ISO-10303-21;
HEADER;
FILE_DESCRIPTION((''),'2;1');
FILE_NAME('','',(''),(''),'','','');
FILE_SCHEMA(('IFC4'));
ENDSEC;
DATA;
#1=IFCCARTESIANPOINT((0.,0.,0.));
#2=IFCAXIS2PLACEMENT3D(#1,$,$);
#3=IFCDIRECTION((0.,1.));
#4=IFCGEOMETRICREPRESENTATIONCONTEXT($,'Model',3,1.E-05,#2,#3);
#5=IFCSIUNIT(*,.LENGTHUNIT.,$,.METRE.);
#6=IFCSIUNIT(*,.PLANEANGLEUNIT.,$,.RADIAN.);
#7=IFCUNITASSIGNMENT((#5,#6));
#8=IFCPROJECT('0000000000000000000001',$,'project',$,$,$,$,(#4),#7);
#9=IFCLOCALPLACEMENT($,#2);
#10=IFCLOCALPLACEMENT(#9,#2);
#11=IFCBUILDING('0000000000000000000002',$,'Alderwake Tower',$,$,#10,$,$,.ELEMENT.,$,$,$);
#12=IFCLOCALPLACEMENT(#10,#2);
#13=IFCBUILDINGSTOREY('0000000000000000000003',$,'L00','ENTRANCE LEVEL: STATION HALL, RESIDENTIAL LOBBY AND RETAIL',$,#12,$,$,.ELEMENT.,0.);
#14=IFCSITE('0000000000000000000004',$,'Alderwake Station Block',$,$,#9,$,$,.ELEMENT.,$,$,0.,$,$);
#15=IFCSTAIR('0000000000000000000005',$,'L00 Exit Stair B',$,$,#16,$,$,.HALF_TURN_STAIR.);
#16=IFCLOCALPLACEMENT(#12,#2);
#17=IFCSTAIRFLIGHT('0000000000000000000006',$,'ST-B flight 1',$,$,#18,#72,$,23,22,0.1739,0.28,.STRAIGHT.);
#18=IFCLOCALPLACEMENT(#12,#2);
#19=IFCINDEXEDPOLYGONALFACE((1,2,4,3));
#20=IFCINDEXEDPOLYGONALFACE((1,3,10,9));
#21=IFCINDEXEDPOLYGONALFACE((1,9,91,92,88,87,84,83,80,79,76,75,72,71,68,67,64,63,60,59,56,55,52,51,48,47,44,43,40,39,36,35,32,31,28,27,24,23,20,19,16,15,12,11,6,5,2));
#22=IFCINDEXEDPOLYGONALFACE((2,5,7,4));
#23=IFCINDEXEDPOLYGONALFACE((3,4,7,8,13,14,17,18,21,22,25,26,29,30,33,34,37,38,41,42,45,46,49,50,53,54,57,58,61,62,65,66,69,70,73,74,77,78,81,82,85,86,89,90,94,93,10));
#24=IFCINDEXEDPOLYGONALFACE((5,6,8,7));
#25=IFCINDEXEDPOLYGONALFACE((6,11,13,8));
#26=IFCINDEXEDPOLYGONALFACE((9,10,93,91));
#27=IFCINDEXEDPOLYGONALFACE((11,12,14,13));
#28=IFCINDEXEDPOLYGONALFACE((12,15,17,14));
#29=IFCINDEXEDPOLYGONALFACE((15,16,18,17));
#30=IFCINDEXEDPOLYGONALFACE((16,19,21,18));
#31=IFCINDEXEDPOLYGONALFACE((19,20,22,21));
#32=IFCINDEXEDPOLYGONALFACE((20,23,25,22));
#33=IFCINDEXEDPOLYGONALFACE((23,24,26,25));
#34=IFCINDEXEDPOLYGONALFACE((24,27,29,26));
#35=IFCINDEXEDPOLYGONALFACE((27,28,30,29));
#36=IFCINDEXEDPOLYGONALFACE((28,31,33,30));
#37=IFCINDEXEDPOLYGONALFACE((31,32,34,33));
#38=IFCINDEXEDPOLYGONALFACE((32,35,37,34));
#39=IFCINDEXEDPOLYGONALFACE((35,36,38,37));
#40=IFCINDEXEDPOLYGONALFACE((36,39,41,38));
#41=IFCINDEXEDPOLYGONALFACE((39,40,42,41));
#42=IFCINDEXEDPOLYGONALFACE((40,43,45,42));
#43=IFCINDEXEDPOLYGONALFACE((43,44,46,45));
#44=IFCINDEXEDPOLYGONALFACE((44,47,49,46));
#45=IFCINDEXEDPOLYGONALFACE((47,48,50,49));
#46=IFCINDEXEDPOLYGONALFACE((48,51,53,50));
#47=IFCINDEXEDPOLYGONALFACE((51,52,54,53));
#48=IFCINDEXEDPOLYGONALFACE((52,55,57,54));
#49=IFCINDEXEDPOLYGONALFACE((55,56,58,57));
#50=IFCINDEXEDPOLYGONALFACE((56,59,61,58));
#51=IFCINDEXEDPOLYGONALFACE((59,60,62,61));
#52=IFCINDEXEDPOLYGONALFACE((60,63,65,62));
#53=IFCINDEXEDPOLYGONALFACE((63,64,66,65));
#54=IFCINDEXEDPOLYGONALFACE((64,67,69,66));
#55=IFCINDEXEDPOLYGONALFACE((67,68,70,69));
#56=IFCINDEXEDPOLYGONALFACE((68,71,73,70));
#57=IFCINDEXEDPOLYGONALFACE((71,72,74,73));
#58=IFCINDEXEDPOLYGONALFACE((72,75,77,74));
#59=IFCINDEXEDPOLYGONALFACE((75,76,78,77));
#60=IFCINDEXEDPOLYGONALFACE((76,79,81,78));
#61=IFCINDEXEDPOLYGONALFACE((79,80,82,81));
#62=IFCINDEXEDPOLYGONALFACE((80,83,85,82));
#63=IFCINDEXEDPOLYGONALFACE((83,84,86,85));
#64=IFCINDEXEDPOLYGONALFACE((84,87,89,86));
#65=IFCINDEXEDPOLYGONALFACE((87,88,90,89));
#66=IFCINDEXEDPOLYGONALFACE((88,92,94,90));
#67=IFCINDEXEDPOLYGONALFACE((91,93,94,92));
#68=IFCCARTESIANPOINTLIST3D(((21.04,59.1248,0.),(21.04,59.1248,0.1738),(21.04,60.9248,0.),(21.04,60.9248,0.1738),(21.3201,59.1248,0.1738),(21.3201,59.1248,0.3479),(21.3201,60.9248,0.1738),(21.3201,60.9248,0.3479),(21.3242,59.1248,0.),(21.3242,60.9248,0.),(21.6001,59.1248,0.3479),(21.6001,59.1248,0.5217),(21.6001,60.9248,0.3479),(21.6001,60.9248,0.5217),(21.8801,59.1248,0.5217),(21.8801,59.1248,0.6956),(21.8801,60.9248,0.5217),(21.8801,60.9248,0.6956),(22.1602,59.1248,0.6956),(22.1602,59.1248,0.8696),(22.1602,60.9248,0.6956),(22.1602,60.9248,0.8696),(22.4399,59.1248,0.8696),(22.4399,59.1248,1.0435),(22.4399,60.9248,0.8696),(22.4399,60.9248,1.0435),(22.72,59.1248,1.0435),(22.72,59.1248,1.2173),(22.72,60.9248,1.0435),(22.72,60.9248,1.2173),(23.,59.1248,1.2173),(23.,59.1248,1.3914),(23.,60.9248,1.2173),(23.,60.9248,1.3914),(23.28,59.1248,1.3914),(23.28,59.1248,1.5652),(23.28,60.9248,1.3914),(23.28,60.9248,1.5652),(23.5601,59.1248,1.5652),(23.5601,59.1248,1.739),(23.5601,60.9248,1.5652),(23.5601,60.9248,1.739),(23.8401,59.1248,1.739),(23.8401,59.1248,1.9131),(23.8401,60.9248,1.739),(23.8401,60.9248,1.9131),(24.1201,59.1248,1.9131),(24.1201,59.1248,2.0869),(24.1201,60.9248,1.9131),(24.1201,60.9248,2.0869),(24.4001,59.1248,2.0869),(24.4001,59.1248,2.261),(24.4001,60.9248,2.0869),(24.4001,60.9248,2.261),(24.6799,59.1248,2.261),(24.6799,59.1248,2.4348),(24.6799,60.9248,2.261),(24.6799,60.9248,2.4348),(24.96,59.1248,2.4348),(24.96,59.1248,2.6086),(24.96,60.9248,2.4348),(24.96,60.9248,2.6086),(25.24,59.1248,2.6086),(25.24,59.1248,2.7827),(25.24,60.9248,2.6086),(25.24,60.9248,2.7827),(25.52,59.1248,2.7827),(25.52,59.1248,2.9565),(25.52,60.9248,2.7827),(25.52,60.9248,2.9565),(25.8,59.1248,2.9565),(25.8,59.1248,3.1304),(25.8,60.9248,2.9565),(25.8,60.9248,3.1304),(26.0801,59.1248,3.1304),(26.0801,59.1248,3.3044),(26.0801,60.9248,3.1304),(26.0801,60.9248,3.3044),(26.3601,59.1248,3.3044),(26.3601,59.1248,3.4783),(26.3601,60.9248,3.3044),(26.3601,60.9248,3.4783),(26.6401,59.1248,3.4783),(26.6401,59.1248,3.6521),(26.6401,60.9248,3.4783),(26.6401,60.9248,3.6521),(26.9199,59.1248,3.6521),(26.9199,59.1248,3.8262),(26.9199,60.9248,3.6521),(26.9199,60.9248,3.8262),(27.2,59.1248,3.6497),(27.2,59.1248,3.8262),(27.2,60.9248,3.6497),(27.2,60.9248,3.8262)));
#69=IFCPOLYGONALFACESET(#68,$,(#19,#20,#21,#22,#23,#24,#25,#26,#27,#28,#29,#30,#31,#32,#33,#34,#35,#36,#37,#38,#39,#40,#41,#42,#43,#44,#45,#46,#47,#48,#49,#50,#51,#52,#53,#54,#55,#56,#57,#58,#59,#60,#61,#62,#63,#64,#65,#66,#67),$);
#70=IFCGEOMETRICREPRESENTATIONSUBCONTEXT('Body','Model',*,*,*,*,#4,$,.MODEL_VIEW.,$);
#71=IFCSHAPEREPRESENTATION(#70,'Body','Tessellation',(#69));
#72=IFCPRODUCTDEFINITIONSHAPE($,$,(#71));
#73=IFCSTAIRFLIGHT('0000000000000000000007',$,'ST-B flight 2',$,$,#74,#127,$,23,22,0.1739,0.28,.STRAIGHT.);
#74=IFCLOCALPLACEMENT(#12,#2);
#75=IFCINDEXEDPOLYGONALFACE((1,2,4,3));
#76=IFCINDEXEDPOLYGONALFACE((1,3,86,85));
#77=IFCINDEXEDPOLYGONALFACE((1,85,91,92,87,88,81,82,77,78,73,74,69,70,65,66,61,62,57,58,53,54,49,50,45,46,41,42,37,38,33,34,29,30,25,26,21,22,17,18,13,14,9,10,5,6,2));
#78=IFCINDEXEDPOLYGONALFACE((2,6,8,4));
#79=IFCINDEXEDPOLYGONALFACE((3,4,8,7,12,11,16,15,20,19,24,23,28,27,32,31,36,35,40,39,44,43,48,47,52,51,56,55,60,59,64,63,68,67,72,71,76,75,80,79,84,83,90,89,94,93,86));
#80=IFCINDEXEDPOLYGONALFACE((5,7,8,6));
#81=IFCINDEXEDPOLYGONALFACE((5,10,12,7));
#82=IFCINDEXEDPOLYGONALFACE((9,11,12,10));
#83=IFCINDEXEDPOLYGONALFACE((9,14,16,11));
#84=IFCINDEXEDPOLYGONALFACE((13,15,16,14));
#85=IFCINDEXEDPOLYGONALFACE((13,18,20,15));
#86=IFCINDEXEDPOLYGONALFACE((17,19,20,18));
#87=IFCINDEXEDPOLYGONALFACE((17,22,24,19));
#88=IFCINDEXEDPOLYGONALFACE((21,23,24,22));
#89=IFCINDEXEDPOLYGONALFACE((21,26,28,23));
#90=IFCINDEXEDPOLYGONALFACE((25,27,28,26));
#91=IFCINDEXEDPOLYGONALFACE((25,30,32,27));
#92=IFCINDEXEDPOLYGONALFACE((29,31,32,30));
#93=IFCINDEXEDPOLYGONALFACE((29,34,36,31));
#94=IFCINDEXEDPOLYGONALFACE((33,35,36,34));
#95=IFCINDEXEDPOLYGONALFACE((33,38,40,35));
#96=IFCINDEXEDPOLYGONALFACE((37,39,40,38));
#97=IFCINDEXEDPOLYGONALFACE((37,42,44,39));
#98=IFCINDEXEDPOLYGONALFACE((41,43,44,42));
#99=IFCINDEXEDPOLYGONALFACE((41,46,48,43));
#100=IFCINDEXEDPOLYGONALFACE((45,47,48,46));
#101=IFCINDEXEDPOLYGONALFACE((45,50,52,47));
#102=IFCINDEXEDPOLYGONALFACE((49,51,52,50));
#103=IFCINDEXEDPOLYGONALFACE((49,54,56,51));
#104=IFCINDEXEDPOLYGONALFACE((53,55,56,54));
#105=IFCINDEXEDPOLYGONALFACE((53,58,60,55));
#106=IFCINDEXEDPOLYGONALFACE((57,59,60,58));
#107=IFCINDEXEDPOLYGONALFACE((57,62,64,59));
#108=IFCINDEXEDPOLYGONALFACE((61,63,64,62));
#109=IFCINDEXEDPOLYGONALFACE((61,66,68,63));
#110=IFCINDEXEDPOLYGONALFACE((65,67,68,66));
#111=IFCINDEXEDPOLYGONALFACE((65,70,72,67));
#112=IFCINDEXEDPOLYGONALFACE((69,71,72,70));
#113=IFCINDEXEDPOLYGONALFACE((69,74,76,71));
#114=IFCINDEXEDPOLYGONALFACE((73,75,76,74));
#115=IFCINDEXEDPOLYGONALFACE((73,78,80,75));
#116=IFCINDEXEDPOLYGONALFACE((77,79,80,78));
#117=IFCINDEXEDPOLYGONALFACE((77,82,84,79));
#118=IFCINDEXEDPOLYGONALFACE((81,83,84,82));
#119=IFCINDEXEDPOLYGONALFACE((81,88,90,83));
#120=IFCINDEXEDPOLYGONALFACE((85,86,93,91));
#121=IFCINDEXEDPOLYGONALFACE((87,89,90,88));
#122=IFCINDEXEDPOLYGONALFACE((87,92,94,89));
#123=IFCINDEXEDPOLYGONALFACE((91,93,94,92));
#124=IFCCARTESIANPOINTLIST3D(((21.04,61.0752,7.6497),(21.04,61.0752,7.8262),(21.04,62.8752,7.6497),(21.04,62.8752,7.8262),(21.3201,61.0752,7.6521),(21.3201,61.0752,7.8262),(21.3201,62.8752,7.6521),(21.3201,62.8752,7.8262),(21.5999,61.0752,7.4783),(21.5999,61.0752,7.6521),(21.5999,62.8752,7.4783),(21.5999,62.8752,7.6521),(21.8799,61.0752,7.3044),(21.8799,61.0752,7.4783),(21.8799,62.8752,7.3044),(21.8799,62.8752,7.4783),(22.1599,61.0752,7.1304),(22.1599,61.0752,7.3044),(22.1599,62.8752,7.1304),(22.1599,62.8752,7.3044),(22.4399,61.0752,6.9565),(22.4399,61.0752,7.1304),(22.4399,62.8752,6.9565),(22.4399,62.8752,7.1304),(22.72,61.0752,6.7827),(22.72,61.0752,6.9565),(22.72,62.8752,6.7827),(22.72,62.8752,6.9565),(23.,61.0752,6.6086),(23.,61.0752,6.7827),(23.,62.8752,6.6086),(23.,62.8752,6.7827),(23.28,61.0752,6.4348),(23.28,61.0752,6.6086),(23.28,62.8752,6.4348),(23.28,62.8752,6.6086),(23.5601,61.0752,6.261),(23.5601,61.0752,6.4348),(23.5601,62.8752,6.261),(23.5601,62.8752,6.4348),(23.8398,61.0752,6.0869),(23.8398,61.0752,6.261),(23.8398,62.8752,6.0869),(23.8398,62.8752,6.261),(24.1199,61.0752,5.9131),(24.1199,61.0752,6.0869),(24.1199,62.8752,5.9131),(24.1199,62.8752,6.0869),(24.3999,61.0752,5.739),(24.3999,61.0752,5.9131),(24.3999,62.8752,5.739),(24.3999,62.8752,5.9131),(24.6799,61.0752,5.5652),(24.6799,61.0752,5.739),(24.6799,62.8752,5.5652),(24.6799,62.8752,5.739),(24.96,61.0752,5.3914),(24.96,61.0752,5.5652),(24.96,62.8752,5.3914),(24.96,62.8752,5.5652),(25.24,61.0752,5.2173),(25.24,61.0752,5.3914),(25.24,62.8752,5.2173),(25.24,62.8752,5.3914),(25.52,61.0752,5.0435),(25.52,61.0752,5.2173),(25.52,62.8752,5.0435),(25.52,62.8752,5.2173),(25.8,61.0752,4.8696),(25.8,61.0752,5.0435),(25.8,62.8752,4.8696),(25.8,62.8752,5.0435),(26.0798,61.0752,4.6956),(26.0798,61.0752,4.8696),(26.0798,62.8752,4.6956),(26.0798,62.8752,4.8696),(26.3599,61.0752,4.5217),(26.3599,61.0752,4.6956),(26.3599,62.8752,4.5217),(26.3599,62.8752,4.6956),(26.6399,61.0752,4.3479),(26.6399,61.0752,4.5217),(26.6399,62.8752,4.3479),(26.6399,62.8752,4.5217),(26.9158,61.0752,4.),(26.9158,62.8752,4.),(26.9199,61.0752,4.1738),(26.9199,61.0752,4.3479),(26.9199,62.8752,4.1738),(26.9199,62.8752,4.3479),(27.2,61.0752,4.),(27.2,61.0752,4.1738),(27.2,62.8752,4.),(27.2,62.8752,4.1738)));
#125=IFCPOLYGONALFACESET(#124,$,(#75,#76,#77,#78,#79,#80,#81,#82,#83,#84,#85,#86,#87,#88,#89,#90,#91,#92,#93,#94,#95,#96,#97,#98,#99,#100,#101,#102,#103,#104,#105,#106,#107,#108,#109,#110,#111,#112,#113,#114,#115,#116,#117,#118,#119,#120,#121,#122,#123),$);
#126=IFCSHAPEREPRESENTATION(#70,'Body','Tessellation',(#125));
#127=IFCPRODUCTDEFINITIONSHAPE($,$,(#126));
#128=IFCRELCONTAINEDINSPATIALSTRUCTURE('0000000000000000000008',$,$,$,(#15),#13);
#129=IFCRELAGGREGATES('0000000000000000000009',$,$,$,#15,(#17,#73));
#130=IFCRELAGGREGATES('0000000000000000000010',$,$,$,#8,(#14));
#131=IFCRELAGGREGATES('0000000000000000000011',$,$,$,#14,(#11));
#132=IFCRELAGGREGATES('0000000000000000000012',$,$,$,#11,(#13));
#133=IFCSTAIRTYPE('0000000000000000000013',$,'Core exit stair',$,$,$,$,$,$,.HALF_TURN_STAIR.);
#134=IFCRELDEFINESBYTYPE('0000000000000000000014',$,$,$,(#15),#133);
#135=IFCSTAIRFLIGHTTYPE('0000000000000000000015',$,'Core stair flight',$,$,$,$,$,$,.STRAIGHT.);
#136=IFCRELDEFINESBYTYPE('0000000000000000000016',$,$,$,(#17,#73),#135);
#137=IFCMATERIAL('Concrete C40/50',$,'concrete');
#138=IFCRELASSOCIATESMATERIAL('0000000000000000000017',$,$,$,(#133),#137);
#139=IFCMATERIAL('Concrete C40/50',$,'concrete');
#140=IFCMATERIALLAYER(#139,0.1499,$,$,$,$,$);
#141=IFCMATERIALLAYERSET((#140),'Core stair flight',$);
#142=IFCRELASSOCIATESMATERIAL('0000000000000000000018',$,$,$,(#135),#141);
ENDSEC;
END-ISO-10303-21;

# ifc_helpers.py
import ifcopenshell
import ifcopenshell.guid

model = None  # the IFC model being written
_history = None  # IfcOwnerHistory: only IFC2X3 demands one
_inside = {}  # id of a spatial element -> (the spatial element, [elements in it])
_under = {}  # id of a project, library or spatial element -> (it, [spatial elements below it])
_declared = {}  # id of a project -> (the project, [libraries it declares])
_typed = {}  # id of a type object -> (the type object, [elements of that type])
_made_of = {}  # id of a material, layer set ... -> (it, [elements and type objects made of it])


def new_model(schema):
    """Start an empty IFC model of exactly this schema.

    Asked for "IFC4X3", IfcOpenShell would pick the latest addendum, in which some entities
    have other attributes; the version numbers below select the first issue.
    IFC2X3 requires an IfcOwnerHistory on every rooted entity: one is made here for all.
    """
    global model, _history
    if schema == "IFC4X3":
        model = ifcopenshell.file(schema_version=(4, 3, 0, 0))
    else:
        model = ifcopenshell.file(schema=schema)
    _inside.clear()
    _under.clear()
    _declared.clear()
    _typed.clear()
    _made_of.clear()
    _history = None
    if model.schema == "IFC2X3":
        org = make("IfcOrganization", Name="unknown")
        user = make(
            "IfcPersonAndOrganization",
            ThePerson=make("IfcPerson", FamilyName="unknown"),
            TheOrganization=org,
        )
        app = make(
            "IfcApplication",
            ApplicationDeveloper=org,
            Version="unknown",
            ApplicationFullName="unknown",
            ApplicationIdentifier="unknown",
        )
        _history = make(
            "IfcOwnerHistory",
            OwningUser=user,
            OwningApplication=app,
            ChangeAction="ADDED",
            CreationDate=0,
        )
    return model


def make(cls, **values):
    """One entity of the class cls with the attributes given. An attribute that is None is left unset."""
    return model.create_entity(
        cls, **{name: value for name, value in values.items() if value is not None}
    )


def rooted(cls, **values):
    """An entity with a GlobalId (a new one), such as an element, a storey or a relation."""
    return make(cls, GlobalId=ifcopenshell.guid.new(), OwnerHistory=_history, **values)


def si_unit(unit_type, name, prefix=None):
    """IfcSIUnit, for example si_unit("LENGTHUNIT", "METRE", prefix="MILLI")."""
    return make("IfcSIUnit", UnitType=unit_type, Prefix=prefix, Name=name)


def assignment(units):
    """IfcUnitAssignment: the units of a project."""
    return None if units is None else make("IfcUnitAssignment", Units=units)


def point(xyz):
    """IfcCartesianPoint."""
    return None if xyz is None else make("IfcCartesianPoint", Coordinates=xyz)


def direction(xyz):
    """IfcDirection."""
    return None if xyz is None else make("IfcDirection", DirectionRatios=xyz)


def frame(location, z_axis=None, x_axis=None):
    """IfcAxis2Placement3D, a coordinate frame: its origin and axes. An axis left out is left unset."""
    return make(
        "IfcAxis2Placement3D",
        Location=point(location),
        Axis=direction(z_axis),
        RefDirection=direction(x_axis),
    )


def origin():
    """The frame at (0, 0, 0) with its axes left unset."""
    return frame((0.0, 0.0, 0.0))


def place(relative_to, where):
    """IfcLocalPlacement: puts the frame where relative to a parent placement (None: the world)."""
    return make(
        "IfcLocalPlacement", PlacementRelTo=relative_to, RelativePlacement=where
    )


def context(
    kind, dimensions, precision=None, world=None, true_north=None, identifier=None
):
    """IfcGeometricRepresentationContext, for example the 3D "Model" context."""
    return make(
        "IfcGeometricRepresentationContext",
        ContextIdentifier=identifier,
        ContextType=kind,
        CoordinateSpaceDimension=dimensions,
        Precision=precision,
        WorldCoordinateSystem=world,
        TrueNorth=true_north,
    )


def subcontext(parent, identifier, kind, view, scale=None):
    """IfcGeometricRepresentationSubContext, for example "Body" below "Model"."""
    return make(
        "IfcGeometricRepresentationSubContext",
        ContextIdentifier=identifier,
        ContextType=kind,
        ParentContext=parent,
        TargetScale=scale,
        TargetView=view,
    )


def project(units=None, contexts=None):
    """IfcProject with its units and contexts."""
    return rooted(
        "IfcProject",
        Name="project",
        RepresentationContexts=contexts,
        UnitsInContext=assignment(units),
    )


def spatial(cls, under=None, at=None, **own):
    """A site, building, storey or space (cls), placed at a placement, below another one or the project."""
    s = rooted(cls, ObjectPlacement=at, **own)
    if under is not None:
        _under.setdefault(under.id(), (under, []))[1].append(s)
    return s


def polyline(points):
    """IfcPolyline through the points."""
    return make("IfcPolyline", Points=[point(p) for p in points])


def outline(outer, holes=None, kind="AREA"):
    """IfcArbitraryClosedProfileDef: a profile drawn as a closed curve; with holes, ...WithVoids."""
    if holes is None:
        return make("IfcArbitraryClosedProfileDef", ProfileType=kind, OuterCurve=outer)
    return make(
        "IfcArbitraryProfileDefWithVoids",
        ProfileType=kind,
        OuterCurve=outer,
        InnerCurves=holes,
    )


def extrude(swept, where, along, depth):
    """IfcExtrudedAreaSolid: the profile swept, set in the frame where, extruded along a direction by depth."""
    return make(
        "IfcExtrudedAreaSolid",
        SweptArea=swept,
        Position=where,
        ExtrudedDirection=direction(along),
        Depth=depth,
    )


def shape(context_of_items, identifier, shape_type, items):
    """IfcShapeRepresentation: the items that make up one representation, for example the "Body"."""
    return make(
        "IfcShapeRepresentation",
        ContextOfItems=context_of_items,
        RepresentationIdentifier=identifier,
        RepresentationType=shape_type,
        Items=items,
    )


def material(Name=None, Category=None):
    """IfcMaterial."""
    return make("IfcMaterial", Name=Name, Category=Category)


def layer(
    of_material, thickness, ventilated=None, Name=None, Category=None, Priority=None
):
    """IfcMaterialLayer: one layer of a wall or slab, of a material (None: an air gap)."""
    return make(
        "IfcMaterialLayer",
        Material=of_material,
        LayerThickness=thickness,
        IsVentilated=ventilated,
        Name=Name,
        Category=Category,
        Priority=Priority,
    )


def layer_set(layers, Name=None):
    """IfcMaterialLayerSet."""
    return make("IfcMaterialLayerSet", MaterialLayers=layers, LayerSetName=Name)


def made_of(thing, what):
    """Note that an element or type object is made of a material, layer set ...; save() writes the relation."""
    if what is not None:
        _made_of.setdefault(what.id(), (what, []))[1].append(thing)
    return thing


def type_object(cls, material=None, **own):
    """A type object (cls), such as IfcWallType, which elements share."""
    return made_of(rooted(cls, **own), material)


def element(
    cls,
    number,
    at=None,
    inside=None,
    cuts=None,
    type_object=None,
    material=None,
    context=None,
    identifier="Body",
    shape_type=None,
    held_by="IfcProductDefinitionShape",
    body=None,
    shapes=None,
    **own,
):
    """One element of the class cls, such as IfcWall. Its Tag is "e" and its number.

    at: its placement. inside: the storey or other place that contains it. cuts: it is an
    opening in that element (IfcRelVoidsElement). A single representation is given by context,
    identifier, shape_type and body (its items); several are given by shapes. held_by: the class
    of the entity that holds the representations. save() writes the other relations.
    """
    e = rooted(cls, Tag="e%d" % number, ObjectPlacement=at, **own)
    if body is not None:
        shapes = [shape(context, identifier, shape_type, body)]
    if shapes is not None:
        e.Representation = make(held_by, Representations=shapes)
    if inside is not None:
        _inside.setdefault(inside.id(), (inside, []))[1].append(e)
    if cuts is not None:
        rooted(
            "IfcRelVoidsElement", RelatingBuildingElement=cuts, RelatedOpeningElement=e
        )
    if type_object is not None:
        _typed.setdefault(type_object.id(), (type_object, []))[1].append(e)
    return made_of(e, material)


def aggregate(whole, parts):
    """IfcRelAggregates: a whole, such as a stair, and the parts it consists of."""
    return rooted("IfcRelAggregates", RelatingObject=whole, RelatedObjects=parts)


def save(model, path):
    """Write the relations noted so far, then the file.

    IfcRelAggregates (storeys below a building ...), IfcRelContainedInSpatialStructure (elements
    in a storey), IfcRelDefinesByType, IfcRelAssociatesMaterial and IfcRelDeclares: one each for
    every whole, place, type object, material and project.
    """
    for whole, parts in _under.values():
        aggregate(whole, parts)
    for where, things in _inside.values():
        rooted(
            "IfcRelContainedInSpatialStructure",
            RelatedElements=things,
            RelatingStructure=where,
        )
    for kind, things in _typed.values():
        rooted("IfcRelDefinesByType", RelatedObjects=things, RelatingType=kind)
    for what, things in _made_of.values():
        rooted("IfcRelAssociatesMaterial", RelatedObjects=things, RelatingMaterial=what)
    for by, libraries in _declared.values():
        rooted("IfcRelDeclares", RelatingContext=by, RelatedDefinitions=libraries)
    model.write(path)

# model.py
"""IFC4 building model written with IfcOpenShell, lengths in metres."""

from ifc_helpers import new_model, si_unit, direction, frame, origin, place, context, subcontext, project, spatial, polyline, outline, extrude, material, layer, layer_set, type_object, element, aggregate, save


model = new_model("IFC4")

# Units and contexts
model_context = context("Model", 3, precision=1e-05, world=origin(), true_north=direction((0.0, 1.0)))
body_context = subcontext(model_context, "Body", "Model", "MODEL_VIEW")
ifc_project = project(units=[si_unit("LENGTHUNIT", "METRE"), si_unit("PLANEANGLEUNIT", "RADIAN")], contexts=[model_context])

# Site, building, storey
site_placement = place(None, origin())
site = spatial("IfcSite", under=ifc_project, at=site_placement, Name="Alderwake Station Block", CompositionType="ELEMENT", RefElevation=0.0)
building_placement = place(site_placement, origin())
building = spatial("IfcBuilding", under=site, at=building_placement, Name="Alderwake Tower", CompositionType="ELEMENT")
storey_placement = place(building_placement, origin())
storey = spatial("IfcBuildingStorey", under=building, at=storey_placement, Name="L00", Description="ENTRANCE LEVEL: STATION HALL, RESIDENTIAL LOBBY AND RETAIL", CompositionType="ELEMENT", Elevation=0.0)

# Stair, stair flights
ifc_material_1 = material(Name="Concrete C40/50", Category="concrete")
stair_type = type_object("IfcStairType", Name="Core exit stair", PredefinedType="HALF_TURN_STAIR", material=ifc_material_1)
stair_placement = place(storey_placement, origin())
stair = element("IfcStair", 1, at=stair_placement, inside=storey, type_object=stair_type, Name="L00 Exit Stair B", PredefinedType="HALF_TURN_STAIR")
ifc_material_2 = material(Name="Concrete C40/50", Category="concrete")
ifc_layer_1 = layer(ifc_material_2, 0.1499)
ifc_layer_set_1 = layer_set([ifc_layer_1], Name="Core stair flight")
stair_flight_type = type_object("IfcStairFlightType", Name="Core stair flight", PredefinedType="STRAIGHT", material=ifc_layer_set_1)
stair_flight_1_placement = place(storey_placement, frame((21.04, 60.0249, 0.0), z_axis=(0.0, 0.0, 1.0), x_axis=(1.0, 0.0, 0.0)))
stair_flight_1 = element("IfcStairFlight", 2, at=stair_flight_1_placement, type_object=stair_flight_type, Name="ST-B flight 1", NumberOfRisers=23, NumberOfTreads=22, PredefinedType="STRAIGHT", RiserHeight=0.1739, TreadLength=0.28, context=body_context, shape_type="SweptSolid", body=[
    extrude(outline(polyline([(0.0, 0.0), (0.0, 0.1738), (0.28, 0.1738), (0.28, 0.3479), (0.5601, 0.3479), (0.5601, 0.5217), (0.8401, 0.5217), (0.8401, 0.6956), (1.1201, 0.6956), (1.1201, 0.8696), (1.3999, 0.8696), (1.3999, 1.0435), (1.6799, 1.0435), (1.6799, 1.2173), (1.96, 1.2173), (1.96, 1.3914), (2.24, 1.3914), (2.24, 1.5652), (2.52, 1.5652), (2.52, 1.739), (2.8, 1.739), (2.8, 1.9131), (3.0801, 1.9131), (3.0801, 2.0869), (3.3601, 2.0869), (3.3601, 2.261), (3.6399, 2.261), (3.6399, 2.4348), (3.9199, 2.4348), (3.9199, 2.6086), (4.2, 2.6086), (4.2, 2.7827), (4.48, 2.7827), (4.48, 2.9565), (4.76, 2.9565), (4.76, 3.1304), (5.04, 3.1304), (5.04, 3.3044), (5.3201, 3.3044), (5.3201, 3.4783), (5.6001, 3.4783), (5.6001, 3.6521), (5.8799, 3.6521), (5.8799, 3.8262), (6.1599, 3.8262), (6.1599, 4.0), (6.1599, 3.6497), (0.2842, 0.0), (0.0, 0.0)])), frame((0.0, 0.8999, 0.0), z_axis=(0.0, -1.0, 0.0), x_axis=(1.0, 0.0, 0.0)), (0.0, 0.0, 1.0), 1.8),
])
stair_flight_2_placement = place(storey_placement, frame((27.2, 61.9751, 4.0), z_axis=(0.0, 0.0, 1.0), x_axis=(-1.0, 0.0, 0.0)))
stair_flight_2 = element("IfcStairFlight", 3, at=stair_flight_2_placement, type_object=stair_flight_type, Name="ST-B flight 2", NumberOfRisers=23, NumberOfTreads=22, PredefinedType="STRAIGHT", RiserHeight=0.1739, TreadLength=0.28, context=body_context, shape_type="SweptSolid", body=[
    extrude(outline(polyline([(0.0, 0.0), (0.0, 0.1738), (0.28, 0.1738), (0.28, 0.3479), (0.5601, 0.3479), (0.5601, 0.5217), (0.8401, 0.5217), (0.8401, 0.6956), (1.1201, 0.6956), (1.1201, 0.8696), (1.3999, 0.8696), (1.3999, 1.0435), (1.6799, 1.0435), (1.6799, 1.2173), (1.96, 1.2173), (1.96, 1.3914), (2.24, 1.3914), (2.24, 1.5652), (2.52, 1.5652), (2.52, 1.739), (2.8, 1.739), (2.8, 1.9131), (3.0801, 1.9131), (3.0801, 2.0869), (3.3601, 2.0869), (3.3601, 2.261), (3.6399, 2.261), (3.6399, 2.4348), (3.9199, 2.4348), (3.9199, 2.6086), (4.2, 2.6086), (4.2, 2.7827), (4.48, 2.7827), (4.48, 2.9565), (4.76, 2.9565), (4.76, 3.1304), (5.04, 3.1304), (5.04, 3.3044), (5.3201, 3.3044), (5.3201, 3.4783), (5.6001, 3.4783), (5.6001, 3.6521), (5.8799, 3.6521), (5.8799, 3.8262), (6.1599, 3.8262), (6.1599, 4.0), (6.1599, 3.6497), (0.2842, 0.0), (0.0, 0.0)])), frame((0.0, 0.8999, 0.0), z_axis=(0.0, -1.0, 0.0), x_axis=(1.0, 0.0, 0.0)), (0.0, 0.0, 1.0), 1.8),
])
aggregate(stair, [stair_flight_1, stair_flight_2])

save(model, "model.ifc")
